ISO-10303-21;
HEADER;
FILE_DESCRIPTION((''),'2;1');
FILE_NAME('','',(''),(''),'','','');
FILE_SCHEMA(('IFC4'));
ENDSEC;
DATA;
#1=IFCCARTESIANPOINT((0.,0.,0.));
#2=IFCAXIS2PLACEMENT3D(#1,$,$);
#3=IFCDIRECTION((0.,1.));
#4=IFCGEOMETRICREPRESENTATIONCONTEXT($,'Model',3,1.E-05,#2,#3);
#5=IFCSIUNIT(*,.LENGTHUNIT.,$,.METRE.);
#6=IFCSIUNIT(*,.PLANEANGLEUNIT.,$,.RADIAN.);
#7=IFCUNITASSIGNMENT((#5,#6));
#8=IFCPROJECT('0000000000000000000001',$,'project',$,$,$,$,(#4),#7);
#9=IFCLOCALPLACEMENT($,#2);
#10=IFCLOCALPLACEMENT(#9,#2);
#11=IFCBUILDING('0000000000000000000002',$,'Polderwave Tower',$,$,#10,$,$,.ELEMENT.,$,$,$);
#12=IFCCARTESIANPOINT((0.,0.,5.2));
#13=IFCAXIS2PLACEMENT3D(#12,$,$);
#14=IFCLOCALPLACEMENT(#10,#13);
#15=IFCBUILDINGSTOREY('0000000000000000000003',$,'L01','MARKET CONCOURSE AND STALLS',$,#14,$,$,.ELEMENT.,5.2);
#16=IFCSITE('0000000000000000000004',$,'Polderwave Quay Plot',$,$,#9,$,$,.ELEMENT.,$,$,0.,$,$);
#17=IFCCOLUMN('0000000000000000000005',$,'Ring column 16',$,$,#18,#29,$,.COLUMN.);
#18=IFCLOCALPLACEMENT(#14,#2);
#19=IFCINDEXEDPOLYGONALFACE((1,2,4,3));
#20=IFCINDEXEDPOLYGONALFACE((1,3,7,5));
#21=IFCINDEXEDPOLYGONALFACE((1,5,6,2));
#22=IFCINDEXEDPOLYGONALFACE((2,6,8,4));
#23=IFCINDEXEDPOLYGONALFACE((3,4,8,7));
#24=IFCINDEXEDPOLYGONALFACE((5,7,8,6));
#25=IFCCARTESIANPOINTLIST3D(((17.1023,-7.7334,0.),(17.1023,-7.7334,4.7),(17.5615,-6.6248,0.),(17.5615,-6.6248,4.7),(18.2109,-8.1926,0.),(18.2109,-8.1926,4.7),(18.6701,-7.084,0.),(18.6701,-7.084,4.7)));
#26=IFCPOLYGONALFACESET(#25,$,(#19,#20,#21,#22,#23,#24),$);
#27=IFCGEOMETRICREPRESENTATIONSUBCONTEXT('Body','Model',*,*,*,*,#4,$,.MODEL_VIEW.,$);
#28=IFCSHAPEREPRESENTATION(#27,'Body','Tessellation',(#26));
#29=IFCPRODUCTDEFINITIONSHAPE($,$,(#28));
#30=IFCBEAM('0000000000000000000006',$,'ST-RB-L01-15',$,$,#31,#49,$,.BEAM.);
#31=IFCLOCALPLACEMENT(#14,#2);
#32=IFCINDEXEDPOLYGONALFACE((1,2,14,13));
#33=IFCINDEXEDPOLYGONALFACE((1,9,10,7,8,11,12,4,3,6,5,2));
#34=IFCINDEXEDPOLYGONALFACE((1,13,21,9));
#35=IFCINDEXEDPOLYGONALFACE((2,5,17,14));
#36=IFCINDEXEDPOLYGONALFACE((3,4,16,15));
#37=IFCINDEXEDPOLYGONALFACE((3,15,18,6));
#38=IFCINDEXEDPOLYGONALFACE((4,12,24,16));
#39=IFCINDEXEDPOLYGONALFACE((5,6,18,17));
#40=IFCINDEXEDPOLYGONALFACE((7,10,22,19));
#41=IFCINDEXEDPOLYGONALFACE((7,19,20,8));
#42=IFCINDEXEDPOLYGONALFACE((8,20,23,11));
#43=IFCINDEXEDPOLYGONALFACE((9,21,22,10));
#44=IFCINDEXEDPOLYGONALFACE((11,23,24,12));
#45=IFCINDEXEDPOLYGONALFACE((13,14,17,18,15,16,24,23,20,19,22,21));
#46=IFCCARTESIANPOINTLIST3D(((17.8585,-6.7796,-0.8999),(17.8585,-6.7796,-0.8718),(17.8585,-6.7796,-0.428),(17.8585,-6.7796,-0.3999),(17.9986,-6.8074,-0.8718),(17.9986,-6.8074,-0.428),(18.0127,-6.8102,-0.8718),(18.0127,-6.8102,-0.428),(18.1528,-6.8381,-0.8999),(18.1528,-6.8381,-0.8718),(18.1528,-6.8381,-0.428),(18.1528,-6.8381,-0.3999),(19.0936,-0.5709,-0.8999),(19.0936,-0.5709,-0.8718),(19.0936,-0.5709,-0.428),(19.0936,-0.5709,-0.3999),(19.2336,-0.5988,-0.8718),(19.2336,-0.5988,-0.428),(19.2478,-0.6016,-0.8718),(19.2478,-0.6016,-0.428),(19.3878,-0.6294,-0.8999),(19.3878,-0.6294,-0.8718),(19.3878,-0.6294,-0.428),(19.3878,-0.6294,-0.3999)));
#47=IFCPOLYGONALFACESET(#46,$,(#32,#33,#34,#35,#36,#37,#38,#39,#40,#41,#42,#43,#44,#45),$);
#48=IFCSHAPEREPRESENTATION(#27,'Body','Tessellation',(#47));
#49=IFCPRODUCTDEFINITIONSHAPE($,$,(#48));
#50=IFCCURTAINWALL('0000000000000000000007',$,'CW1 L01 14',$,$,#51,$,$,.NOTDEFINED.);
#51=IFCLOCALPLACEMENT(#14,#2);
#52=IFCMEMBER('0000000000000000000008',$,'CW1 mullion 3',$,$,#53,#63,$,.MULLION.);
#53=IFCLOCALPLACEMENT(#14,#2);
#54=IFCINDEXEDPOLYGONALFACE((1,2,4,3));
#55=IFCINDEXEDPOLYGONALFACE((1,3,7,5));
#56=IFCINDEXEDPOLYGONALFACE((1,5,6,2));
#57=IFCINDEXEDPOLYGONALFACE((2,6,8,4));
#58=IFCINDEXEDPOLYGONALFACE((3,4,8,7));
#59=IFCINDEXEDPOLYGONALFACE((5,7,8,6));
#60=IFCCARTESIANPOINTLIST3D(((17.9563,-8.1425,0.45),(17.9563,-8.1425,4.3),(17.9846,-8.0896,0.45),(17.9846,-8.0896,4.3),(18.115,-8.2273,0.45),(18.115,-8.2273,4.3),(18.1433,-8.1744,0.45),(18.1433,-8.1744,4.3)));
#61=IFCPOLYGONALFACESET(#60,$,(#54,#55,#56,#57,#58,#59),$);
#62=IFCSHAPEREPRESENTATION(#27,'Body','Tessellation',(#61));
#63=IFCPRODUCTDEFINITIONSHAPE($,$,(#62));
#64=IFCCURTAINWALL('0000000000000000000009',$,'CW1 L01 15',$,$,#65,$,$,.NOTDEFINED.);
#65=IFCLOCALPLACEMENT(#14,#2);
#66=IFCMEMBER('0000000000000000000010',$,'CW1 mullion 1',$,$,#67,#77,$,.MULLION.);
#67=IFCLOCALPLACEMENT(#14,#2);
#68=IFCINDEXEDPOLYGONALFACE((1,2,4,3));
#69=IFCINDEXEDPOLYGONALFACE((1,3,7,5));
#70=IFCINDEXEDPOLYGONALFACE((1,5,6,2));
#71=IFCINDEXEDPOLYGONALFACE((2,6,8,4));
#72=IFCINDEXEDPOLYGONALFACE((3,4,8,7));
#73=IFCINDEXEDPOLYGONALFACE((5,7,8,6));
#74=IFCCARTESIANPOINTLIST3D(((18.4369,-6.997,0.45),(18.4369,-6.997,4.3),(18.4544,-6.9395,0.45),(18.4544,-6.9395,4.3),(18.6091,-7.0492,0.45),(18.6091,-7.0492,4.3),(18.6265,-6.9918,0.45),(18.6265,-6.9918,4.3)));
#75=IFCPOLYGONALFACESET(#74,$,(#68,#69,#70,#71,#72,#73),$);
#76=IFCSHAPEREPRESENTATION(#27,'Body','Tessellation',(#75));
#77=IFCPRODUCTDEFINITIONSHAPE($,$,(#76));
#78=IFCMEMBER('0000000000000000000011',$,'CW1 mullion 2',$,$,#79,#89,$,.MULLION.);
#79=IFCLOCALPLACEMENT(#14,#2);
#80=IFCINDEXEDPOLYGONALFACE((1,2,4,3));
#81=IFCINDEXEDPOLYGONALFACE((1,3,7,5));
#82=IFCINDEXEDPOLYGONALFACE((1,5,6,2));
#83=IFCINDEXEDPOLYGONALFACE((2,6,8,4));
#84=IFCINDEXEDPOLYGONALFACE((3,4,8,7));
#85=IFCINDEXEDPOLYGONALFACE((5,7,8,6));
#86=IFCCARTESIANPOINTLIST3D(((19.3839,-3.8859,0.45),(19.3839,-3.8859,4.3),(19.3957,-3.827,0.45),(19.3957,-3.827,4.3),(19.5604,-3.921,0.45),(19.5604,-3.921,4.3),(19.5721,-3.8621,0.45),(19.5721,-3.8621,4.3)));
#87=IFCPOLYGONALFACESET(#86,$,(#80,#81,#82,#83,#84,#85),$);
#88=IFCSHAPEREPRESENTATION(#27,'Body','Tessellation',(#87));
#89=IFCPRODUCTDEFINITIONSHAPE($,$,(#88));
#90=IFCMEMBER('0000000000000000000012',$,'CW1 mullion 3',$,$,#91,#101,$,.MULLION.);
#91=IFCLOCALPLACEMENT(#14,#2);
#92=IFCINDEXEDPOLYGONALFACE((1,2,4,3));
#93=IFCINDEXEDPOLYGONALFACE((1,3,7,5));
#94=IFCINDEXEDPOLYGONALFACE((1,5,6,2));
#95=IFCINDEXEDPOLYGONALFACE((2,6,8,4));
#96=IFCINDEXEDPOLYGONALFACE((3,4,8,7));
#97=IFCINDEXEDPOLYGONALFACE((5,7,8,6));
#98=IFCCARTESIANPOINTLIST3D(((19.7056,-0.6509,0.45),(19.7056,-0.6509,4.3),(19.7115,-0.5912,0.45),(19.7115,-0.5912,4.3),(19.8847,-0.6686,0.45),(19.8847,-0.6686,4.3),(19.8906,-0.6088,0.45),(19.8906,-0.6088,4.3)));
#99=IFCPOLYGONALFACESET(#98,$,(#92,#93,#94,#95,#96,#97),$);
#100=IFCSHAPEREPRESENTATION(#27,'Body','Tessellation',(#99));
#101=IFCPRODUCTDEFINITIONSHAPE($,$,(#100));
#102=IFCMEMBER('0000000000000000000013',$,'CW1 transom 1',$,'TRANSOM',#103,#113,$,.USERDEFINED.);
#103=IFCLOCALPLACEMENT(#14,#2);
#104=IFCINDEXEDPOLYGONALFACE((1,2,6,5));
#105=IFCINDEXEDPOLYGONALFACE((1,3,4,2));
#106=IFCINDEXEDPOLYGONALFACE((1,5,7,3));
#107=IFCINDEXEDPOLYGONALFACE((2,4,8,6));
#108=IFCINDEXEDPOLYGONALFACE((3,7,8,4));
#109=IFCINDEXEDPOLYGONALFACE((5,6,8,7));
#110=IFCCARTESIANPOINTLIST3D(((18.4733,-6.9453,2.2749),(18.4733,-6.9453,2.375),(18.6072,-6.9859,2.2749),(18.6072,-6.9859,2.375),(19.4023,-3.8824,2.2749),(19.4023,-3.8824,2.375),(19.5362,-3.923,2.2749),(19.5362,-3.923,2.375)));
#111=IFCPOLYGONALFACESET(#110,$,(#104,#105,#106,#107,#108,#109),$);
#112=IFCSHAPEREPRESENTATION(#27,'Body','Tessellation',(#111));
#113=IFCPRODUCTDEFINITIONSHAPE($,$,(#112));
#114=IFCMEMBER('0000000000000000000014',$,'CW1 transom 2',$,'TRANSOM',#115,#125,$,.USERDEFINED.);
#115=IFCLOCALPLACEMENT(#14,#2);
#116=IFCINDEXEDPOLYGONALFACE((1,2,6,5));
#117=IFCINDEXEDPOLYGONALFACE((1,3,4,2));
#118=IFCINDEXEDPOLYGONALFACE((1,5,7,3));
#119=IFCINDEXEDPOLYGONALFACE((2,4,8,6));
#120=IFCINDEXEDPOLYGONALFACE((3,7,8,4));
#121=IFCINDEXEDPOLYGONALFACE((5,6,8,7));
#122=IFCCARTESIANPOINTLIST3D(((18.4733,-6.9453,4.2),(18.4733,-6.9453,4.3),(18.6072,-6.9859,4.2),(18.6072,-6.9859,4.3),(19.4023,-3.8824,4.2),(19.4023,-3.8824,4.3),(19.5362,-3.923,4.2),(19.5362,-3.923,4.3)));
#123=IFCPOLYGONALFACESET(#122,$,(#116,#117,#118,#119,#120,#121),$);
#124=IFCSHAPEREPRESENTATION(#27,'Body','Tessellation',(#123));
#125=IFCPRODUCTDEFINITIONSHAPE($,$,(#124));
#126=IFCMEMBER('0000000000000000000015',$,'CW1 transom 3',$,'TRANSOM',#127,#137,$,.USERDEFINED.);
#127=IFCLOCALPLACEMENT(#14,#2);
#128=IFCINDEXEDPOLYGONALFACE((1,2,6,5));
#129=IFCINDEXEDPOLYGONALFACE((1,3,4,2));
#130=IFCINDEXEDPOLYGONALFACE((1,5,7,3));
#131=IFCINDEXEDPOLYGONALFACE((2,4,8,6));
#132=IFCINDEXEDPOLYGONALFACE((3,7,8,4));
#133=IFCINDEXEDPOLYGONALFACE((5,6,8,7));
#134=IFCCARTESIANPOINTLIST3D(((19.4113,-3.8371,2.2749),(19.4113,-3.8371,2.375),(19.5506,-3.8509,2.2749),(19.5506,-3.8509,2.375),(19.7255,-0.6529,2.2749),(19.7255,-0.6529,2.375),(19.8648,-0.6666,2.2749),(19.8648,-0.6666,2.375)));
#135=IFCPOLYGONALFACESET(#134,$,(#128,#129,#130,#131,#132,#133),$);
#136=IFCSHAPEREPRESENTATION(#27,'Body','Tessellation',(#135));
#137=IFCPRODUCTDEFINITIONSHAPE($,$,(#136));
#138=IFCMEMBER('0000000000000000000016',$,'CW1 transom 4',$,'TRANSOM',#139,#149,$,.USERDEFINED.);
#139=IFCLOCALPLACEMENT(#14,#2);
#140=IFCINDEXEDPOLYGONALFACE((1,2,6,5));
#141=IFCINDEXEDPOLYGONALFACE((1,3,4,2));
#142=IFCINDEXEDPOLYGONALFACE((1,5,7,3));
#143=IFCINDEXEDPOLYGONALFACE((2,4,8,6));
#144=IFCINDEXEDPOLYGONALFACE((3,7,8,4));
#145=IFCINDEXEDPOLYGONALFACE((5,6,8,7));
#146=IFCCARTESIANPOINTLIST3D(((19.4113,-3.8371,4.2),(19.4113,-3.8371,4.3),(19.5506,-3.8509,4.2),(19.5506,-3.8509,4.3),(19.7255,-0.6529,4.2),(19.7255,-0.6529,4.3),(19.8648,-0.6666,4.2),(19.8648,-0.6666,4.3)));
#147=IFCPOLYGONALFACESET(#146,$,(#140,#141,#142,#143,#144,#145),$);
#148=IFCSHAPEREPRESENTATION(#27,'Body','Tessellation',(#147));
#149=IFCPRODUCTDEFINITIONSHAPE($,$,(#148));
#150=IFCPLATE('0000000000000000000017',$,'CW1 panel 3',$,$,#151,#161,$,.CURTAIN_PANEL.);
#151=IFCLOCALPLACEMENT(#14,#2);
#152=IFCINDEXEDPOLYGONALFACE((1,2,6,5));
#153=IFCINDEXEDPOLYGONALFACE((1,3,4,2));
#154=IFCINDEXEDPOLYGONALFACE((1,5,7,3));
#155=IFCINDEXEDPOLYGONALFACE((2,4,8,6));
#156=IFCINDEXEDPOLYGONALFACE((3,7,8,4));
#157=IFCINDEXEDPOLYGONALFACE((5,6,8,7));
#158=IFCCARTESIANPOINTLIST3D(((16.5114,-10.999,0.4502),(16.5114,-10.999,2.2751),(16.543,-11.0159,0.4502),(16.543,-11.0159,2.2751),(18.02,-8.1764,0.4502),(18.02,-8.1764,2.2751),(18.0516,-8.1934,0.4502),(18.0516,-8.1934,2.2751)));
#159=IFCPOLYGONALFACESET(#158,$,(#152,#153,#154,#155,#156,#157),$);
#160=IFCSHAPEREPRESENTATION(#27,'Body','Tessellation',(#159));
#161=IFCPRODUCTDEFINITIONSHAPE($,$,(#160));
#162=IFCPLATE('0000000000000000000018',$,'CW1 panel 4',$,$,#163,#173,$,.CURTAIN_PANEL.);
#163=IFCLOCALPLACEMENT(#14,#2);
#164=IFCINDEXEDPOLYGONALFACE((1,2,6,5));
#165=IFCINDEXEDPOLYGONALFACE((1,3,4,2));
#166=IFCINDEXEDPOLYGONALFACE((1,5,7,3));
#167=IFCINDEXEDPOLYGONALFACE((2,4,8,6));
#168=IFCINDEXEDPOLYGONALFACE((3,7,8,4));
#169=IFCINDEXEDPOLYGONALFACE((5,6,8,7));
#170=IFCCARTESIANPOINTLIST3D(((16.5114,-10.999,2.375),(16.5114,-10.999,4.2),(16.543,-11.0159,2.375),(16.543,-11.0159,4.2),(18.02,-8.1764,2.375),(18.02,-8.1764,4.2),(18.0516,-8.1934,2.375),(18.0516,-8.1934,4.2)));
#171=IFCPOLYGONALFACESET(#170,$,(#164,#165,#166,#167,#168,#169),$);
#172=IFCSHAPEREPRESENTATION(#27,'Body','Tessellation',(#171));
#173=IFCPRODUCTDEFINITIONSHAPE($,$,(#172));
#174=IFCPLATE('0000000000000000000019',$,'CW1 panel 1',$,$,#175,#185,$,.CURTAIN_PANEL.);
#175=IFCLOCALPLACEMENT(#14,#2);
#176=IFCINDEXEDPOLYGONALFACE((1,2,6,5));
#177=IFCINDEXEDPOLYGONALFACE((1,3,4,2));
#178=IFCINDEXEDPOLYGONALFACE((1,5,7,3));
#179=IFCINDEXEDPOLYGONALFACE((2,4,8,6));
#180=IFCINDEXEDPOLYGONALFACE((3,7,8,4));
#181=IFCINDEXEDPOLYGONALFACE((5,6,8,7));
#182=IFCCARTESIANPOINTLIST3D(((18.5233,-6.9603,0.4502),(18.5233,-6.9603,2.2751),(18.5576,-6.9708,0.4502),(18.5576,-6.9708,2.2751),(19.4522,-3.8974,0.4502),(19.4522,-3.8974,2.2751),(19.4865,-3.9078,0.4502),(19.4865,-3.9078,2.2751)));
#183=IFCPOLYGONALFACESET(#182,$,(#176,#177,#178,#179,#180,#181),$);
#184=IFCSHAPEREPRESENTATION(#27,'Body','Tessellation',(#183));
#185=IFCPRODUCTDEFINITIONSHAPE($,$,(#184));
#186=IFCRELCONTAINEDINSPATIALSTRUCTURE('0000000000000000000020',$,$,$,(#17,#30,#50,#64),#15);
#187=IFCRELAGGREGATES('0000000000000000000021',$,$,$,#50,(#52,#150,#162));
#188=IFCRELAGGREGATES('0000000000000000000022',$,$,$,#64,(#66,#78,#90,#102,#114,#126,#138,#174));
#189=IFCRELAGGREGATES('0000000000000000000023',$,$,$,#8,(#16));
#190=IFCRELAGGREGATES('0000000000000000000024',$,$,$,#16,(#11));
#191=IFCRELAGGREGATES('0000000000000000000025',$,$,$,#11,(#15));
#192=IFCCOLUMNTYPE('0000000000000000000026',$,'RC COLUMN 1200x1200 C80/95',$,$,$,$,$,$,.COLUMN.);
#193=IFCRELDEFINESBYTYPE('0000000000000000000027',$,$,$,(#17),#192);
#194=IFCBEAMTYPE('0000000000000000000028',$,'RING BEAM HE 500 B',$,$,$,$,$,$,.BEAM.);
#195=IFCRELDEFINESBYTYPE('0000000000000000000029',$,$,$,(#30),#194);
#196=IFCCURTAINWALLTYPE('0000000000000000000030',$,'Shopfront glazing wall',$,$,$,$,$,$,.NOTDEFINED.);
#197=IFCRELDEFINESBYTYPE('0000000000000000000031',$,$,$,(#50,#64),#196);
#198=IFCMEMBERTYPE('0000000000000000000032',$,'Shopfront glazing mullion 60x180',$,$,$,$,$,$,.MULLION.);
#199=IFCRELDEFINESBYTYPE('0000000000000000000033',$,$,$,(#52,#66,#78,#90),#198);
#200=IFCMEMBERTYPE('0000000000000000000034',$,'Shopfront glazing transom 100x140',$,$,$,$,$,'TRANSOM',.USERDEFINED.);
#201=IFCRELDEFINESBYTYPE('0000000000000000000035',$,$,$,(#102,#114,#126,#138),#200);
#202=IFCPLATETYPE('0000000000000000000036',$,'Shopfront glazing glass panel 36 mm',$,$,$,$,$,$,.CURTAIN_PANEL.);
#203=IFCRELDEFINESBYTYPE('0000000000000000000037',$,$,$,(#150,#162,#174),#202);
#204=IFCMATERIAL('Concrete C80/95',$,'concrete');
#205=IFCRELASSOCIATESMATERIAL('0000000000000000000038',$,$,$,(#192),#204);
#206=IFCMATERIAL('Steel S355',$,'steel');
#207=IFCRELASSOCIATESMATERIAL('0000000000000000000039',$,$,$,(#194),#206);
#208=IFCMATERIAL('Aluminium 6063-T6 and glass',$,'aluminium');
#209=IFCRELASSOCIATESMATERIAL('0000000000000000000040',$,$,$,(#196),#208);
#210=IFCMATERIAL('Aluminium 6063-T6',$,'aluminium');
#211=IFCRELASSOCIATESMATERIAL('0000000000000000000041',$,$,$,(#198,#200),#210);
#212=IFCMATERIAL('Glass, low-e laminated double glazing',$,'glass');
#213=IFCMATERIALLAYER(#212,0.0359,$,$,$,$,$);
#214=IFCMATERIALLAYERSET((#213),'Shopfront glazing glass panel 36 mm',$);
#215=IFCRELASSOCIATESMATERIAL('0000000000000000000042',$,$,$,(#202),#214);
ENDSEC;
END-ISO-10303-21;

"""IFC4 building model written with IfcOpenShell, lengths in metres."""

from ifc_helpers import new_model, si_unit, direction, frame, origin, origin_2d, place, context, subcontext, project, spatial, rectangle, i_section, extrude, material, layer, layer_set, material_profile, profile_set, type_object, element, aggregate, save


model = new_model("IFC4")

# Units and contexts
model_context = context("Model", 3, precision=1e-05, world=origin(), true_north=direction((0.0, 1.0)))
body_context = subcontext(model_context, "Body", "Model", "MODEL_VIEW")
ifc_project = project(units=[si_unit("LENGTHUNIT", "METRE"), si_unit("PLANEANGLEUNIT", "RADIAN")], contexts=[model_context])

# Site, building, storey
site_placement = place(None, origin())
site = spatial("IfcSite", under=ifc_project, at=site_placement, Name="Polderwave Quay Plot", CompositionType="ELEMENT", RefElevation=0.0)
building_placement = place(site_placement, origin())
building = spatial("IfcBuilding", under=site, at=building_placement, Name="Polderwave Tower", CompositionType="ELEMENT")
storey_placement = place(building_placement, frame((0.0, 0.0, 5.2)))
storey = spatial("IfcBuildingStorey", under=building, at=storey_placement, Name="L01", Description="MARKET CONCOURSE AND STALLS", CompositionType="ELEMENT", Elevation=5.2)

# Column
ifc_material_1 = material(Name="Concrete C80/95", Category="concrete")
ifc_material_profile_1 = material_profile(ifc_material_1, rectangle(XDim=1.2, YDim=1.2, at=origin_2d()), Name="RC 1200x1200")
ifc_profile_set_1 = profile_set([ifc_material_profile_1], Name="Concrete C80/95")
column_type = type_object("IfcColumnType", Name="RC COLUMN 1200x1200 C80/95", PredefinedType="COLUMN", material=ifc_profile_set_1)
column_placement = place(storey_placement, frame((17.8862, -7.4087, 0.0), z_axis=(0.0, 0.0, 1.0), x_axis=(0.92388, -0.382683, 0.0)))
element("IfcColumn", 1, at=column_placement, inside=storey, type_object=column_type, Name="Ring column 16", PredefinedType="COLUMN", context=body_context, shape_type="SweptSolid", body=[
    extrude(rectangle(XDim=1.2, YDim=1.2, at=origin_2d()), origin(), (0.0, 0.0, 1.0), 4.7),
])

# Beam
ifc_material_2 = material(Name="Steel S355", Category="steel")
ifc_material_profile_2 = material_profile(ifc_material_2, i_section(OverallWidth=0.3, OverallDepth=0.5, WebThickness=0.0144, FlangeThickness=0.0281, at=origin_2d()), Name="HE 500 B")
ifc_profile_set_2 = profile_set([ifc_material_profile_2], Name="Steel S355")
beam_type = type_object("IfcBeamType", Name="RING BEAM HE 500 B", PredefinedType="BEAM", material=ifc_profile_set_2)
beam_placement = place(storey_placement, frame((18.0056, -6.8088, -0.6499), z_axis=(0.195107, 0.980782, 0.0), x_axis=(-0.980782, 0.195107, 0.0)))
element("IfcBeam", 2, at=beam_placement, inside=storey, type_object=beam_type, Name="ST-RB-L01-15", PredefinedType="BEAM", context=body_context, shape_type="SweptSolid", body=[
    extrude(i_section(OverallWidth=0.3, OverallDepth=0.5, WebThickness=0.0144, FlangeThickness=0.0281, at=origin_2d()), origin(), (0.0, 0.0, 1.0), 6.3303),
])

# Curtain wall, member
ifc_material_3 = material(Name="Aluminium 6063-T6 and glass", Category="aluminium")
curtain_wall_type = type_object("IfcCurtainWallType", Name="Shopfront glazing wall", PredefinedType="NOTDEFINED", material=ifc_material_3)
curtain_wall_1_placement = place(storey_placement, origin())
curtain_wall_1 = element("IfcCurtainWall", 3, at=curtain_wall_1_placement, inside=storey, type_object=curtain_wall_type, Name="CW1 L01 14", PredefinedType="NOTDEFINED")
ifc_material_4 = material(Name="Aluminium 6063-T6", Category="aluminium")
ifc_material_profile_3 = material_profile(ifc_material_4, rectangle(XDim=0.1799, YDim=0.0601, at=origin_2d()), Name="AL 60x180")
ifc_profile_set_3 = profile_set([ifc_material_profile_3], Name="Aluminium 6063-T6")
member_type_1 = type_object("IfcMemberType", Name="Shopfront glazing mullion 60x180", PredefinedType="MULLION", material=ifc_profile_set_3)
member_1_placement = place(storey_placement, frame((18.0498, -8.1584, 0.45), z_axis=(0.0, 0.0, 1.0), x_axis=(-0.88194, 0.471361, 0.0)))
member_1 = element("IfcMember", 4, at=member_1_placement, type_object=member_type_1, Name="CW1 mullion 3", PredefinedType="MULLION", context=body_context, shape_type="SweptSolid", body=[
    extrude(rectangle(XDim=0.1799, YDim=0.0601, at=origin_2d()), origin(), (0.0, 0.0, 1.0), 3.8501),
])

# Curtain wall, members
curtain_wall_2_placement = place(storey_placement, origin())
curtain_wall_2 = element("IfcCurtainWall", 5, at=curtain_wall_2_placement, inside=storey, type_object=curtain_wall_type, Name="CW1 L01 15", PredefinedType="NOTDEFINED")
member_2_placement = place(storey_placement, frame((18.5317, -6.9944, 0.45), z_axis=(0.0, 0.0, 1.0), x_axis=(-0.956961, 0.290218, 0.0)))
member_2 = element("IfcMember", 6, at=member_2_placement, type_object=member_type_1, Name="CW1 mullion 1", PredefinedType="MULLION", context=body_context, shape_type="SweptSolid", body=[
    extrude(rectangle(XDim=0.1799, YDim=0.0601, at=origin_2d()), origin(), (0.0, 0.0, 1.0), 3.8501),
])
member_3_placement = place(storey_placement, frame((19.478, -3.874, 0.45), z_axis=(0.0, 0.0, 1.0), x_axis=(-0.980776, 0.195137, 0.0)))
member_3 = element("IfcMember", 7, at=member_3_placement, type_object=member_type_1, Name="CW1 mullion 2", PredefinedType="MULLION", context=body_context, shape_type="SweptSolid", body=[
    extrude(rectangle(XDim=0.1799, YDim=0.0601, at=origin_2d()), origin(), (0.0, 0.0, 1.0), 3.8501),
])
member_4_placement = place(storey_placement, frame((19.7981, -0.6299, 0.45), z_axis=(0.0, 0.0, 1.0), x_axis=(-0.995169, 0.098179, 0.0)))
member_4 = element("IfcMember", 8, at=member_4_placement, type_object=member_type_1, Name="CW1 mullion 3", PredefinedType="MULLION", context=body_context, shape_type="SweptSolid", body=[
    extrude(rectangle(XDim=0.1799, YDim=0.0601, at=origin_2d()), origin(), (0.0, 0.0, 1.0), 3.8501),
])
ifc_material_profile_4 = material_profile(ifc_material_4, rectangle(XDim=0.1399, YDim=0.1001, at=origin_2d()), Name="AL 100x140")
ifc_profile_set_4 = profile_set([ifc_material_profile_4], Name="Aluminium 6063-T6")
member_type_2 = type_object("IfcMemberType", Name="Shopfront glazing transom 100x140", ElementType="TRANSOM", PredefinedType="USERDEFINED", material=ifc_profile_set_4)
member_5_placement = place(storey_placement, frame((18.5403, -6.9656, 2.325), z_axis=(0.29023, 0.956957, 0.0), x_axis=(-0.956957, 0.29023, 0.0)))
member_5 = element("IfcMember", 9, at=member_5_placement, type_object=member_type_2, Name="CW1 transom 1", ObjectType="TRANSOM", PredefinedType="USERDEFINED", context=body_context, shape_type="SweptSolid", body=[
    extrude(rectangle(XDim=0.1399, YDim=0.1001, at=origin_2d()), origin(), (0.0, 0.0, 1.0), 3.2007),
])
member_6_placement = place(storey_placement, frame((18.5403, -6.9656, 4.25), z_axis=(0.29023, 0.956957, 0.0), x_axis=(-0.956957, 0.29023, 0.0)))
member_6 = element("IfcMember", 10, at=member_6_placement, type_object=member_type_2, Name="CW1 transom 2", ObjectType="TRANSOM", PredefinedType="USERDEFINED", context=body_context, shape_type="SweptSolid", body=[
    extrude(rectangle(XDim=0.1399, YDim=0.1001, at=origin_2d()), origin(), (0.0, 0.0, 1.0), 3.2007),
])
member_7_placement = place(storey_placement, frame((19.481, -3.844, 2.325), z_axis=(0.098197, 0.995167, 0.0), x_axis=(-0.995167, 0.098197, 0.0)))
member_7 = element("IfcMember", 11, at=member_7_placement, type_object=member_type_2, Name="CW1 transom 3", ObjectType="TRANSOM", PredefinedType="USERDEFINED", context=body_context, shape_type="SweptSolid", body=[
    extrude(rectangle(XDim=0.1399, YDim=0.1001, at=origin_2d()), origin(), (0.0, 0.0, 1.0), 3.1997),
])
member_8_placement = place(storey_placement, frame((19.481, -3.844, 4.25), z_axis=(0.098197, 0.995167, 0.0), x_axis=(-0.995167, 0.098197, 0.0)))
member_8 = element("IfcMember", 12, at=member_8_placement, type_object=member_type_2, Name="CW1 transom 4", ObjectType="TRANSOM", PredefinedType="USERDEFINED", context=body_context, shape_type="SweptSolid", body=[
    extrude(rectangle(XDim=0.1399, YDim=0.1001, at=origin_2d()), origin(), (0.0, 0.0, 1.0), 3.1997),
])

# Plates
ifc_material_5 = material(Name="Glass, low-e laminated double glazing", Category="glass")
ifc_layer_1 = layer(ifc_material_5, 0.0359)
ifc_layer_set_1 = layer_set([ifc_layer_1], Name="Shopfront glazing glass panel 36 mm")
plate_type = type_object("IfcPlateType", Name="Shopfront glazing glass panel 36 mm", PredefinedType="CURTAIN_PANEL", material=ifc_layer_set_1)
plate_1_placement = place(storey_placement, frame((17.2815, -9.5962, 0.4502), z_axis=(0.0, 0.0, 1.0), x_axis=(0.471361, 0.88194, 0.0)))
plate_1 = element("IfcPlate", 13, at=plate_1_placement, type_object=plate_type, Name="CW1 panel 3", PredefinedType="CURTAIN_PANEL", context=body_context, shape_type="SweptSolid", body=[
    extrude(rectangle(XDim=3.2004, YDim=0.0359, at=origin_2d()), origin(), (0.0, 0.0, 1.0), 1.825),
])
plate_2_placement = place(storey_placement, frame((17.2815, -9.5962, 2.375), z_axis=(0.0, 0.0, 1.0), x_axis=(0.471361, 0.88194, 0.0)))
plate_2 = element("IfcPlate", 14, at=plate_2_placement, type_object=plate_type, Name="CW1 panel 4", PredefinedType="CURTAIN_PANEL", context=body_context, shape_type="SweptSolid", body=[
    extrude(rectangle(XDim=3.2004, YDim=0.0359, at=origin_2d()), origin(), (0.0, 0.0, 1.0), 1.825),
])
aggregate(curtain_wall_1, [member_1, plate_1, plate_2])
plate_3_placement = place(storey_placement, frame((19.0049, -5.4341, 0.4502), z_axis=(0.0, 0.0, 1.0), x_axis=(0.290218, 0.956961, 0.0)))
plate_3 = element("IfcPlate", 15, at=plate_3_placement, type_object=plate_type, Name="CW1 panel 1", PredefinedType="CURTAIN_PANEL", context=body_context, shape_type="SweptSolid", body=[
    extrude(rectangle(XDim=3.2007, YDim=0.0359, at=origin_2d()), origin(), (0.0, 0.0, 1.0), 1.825),
])
aggregate(curtain_wall_2, [member_2, member_3, member_4, member_5, member_6, member_7, member_8, plate_3])

save(model, "model.ifc")
